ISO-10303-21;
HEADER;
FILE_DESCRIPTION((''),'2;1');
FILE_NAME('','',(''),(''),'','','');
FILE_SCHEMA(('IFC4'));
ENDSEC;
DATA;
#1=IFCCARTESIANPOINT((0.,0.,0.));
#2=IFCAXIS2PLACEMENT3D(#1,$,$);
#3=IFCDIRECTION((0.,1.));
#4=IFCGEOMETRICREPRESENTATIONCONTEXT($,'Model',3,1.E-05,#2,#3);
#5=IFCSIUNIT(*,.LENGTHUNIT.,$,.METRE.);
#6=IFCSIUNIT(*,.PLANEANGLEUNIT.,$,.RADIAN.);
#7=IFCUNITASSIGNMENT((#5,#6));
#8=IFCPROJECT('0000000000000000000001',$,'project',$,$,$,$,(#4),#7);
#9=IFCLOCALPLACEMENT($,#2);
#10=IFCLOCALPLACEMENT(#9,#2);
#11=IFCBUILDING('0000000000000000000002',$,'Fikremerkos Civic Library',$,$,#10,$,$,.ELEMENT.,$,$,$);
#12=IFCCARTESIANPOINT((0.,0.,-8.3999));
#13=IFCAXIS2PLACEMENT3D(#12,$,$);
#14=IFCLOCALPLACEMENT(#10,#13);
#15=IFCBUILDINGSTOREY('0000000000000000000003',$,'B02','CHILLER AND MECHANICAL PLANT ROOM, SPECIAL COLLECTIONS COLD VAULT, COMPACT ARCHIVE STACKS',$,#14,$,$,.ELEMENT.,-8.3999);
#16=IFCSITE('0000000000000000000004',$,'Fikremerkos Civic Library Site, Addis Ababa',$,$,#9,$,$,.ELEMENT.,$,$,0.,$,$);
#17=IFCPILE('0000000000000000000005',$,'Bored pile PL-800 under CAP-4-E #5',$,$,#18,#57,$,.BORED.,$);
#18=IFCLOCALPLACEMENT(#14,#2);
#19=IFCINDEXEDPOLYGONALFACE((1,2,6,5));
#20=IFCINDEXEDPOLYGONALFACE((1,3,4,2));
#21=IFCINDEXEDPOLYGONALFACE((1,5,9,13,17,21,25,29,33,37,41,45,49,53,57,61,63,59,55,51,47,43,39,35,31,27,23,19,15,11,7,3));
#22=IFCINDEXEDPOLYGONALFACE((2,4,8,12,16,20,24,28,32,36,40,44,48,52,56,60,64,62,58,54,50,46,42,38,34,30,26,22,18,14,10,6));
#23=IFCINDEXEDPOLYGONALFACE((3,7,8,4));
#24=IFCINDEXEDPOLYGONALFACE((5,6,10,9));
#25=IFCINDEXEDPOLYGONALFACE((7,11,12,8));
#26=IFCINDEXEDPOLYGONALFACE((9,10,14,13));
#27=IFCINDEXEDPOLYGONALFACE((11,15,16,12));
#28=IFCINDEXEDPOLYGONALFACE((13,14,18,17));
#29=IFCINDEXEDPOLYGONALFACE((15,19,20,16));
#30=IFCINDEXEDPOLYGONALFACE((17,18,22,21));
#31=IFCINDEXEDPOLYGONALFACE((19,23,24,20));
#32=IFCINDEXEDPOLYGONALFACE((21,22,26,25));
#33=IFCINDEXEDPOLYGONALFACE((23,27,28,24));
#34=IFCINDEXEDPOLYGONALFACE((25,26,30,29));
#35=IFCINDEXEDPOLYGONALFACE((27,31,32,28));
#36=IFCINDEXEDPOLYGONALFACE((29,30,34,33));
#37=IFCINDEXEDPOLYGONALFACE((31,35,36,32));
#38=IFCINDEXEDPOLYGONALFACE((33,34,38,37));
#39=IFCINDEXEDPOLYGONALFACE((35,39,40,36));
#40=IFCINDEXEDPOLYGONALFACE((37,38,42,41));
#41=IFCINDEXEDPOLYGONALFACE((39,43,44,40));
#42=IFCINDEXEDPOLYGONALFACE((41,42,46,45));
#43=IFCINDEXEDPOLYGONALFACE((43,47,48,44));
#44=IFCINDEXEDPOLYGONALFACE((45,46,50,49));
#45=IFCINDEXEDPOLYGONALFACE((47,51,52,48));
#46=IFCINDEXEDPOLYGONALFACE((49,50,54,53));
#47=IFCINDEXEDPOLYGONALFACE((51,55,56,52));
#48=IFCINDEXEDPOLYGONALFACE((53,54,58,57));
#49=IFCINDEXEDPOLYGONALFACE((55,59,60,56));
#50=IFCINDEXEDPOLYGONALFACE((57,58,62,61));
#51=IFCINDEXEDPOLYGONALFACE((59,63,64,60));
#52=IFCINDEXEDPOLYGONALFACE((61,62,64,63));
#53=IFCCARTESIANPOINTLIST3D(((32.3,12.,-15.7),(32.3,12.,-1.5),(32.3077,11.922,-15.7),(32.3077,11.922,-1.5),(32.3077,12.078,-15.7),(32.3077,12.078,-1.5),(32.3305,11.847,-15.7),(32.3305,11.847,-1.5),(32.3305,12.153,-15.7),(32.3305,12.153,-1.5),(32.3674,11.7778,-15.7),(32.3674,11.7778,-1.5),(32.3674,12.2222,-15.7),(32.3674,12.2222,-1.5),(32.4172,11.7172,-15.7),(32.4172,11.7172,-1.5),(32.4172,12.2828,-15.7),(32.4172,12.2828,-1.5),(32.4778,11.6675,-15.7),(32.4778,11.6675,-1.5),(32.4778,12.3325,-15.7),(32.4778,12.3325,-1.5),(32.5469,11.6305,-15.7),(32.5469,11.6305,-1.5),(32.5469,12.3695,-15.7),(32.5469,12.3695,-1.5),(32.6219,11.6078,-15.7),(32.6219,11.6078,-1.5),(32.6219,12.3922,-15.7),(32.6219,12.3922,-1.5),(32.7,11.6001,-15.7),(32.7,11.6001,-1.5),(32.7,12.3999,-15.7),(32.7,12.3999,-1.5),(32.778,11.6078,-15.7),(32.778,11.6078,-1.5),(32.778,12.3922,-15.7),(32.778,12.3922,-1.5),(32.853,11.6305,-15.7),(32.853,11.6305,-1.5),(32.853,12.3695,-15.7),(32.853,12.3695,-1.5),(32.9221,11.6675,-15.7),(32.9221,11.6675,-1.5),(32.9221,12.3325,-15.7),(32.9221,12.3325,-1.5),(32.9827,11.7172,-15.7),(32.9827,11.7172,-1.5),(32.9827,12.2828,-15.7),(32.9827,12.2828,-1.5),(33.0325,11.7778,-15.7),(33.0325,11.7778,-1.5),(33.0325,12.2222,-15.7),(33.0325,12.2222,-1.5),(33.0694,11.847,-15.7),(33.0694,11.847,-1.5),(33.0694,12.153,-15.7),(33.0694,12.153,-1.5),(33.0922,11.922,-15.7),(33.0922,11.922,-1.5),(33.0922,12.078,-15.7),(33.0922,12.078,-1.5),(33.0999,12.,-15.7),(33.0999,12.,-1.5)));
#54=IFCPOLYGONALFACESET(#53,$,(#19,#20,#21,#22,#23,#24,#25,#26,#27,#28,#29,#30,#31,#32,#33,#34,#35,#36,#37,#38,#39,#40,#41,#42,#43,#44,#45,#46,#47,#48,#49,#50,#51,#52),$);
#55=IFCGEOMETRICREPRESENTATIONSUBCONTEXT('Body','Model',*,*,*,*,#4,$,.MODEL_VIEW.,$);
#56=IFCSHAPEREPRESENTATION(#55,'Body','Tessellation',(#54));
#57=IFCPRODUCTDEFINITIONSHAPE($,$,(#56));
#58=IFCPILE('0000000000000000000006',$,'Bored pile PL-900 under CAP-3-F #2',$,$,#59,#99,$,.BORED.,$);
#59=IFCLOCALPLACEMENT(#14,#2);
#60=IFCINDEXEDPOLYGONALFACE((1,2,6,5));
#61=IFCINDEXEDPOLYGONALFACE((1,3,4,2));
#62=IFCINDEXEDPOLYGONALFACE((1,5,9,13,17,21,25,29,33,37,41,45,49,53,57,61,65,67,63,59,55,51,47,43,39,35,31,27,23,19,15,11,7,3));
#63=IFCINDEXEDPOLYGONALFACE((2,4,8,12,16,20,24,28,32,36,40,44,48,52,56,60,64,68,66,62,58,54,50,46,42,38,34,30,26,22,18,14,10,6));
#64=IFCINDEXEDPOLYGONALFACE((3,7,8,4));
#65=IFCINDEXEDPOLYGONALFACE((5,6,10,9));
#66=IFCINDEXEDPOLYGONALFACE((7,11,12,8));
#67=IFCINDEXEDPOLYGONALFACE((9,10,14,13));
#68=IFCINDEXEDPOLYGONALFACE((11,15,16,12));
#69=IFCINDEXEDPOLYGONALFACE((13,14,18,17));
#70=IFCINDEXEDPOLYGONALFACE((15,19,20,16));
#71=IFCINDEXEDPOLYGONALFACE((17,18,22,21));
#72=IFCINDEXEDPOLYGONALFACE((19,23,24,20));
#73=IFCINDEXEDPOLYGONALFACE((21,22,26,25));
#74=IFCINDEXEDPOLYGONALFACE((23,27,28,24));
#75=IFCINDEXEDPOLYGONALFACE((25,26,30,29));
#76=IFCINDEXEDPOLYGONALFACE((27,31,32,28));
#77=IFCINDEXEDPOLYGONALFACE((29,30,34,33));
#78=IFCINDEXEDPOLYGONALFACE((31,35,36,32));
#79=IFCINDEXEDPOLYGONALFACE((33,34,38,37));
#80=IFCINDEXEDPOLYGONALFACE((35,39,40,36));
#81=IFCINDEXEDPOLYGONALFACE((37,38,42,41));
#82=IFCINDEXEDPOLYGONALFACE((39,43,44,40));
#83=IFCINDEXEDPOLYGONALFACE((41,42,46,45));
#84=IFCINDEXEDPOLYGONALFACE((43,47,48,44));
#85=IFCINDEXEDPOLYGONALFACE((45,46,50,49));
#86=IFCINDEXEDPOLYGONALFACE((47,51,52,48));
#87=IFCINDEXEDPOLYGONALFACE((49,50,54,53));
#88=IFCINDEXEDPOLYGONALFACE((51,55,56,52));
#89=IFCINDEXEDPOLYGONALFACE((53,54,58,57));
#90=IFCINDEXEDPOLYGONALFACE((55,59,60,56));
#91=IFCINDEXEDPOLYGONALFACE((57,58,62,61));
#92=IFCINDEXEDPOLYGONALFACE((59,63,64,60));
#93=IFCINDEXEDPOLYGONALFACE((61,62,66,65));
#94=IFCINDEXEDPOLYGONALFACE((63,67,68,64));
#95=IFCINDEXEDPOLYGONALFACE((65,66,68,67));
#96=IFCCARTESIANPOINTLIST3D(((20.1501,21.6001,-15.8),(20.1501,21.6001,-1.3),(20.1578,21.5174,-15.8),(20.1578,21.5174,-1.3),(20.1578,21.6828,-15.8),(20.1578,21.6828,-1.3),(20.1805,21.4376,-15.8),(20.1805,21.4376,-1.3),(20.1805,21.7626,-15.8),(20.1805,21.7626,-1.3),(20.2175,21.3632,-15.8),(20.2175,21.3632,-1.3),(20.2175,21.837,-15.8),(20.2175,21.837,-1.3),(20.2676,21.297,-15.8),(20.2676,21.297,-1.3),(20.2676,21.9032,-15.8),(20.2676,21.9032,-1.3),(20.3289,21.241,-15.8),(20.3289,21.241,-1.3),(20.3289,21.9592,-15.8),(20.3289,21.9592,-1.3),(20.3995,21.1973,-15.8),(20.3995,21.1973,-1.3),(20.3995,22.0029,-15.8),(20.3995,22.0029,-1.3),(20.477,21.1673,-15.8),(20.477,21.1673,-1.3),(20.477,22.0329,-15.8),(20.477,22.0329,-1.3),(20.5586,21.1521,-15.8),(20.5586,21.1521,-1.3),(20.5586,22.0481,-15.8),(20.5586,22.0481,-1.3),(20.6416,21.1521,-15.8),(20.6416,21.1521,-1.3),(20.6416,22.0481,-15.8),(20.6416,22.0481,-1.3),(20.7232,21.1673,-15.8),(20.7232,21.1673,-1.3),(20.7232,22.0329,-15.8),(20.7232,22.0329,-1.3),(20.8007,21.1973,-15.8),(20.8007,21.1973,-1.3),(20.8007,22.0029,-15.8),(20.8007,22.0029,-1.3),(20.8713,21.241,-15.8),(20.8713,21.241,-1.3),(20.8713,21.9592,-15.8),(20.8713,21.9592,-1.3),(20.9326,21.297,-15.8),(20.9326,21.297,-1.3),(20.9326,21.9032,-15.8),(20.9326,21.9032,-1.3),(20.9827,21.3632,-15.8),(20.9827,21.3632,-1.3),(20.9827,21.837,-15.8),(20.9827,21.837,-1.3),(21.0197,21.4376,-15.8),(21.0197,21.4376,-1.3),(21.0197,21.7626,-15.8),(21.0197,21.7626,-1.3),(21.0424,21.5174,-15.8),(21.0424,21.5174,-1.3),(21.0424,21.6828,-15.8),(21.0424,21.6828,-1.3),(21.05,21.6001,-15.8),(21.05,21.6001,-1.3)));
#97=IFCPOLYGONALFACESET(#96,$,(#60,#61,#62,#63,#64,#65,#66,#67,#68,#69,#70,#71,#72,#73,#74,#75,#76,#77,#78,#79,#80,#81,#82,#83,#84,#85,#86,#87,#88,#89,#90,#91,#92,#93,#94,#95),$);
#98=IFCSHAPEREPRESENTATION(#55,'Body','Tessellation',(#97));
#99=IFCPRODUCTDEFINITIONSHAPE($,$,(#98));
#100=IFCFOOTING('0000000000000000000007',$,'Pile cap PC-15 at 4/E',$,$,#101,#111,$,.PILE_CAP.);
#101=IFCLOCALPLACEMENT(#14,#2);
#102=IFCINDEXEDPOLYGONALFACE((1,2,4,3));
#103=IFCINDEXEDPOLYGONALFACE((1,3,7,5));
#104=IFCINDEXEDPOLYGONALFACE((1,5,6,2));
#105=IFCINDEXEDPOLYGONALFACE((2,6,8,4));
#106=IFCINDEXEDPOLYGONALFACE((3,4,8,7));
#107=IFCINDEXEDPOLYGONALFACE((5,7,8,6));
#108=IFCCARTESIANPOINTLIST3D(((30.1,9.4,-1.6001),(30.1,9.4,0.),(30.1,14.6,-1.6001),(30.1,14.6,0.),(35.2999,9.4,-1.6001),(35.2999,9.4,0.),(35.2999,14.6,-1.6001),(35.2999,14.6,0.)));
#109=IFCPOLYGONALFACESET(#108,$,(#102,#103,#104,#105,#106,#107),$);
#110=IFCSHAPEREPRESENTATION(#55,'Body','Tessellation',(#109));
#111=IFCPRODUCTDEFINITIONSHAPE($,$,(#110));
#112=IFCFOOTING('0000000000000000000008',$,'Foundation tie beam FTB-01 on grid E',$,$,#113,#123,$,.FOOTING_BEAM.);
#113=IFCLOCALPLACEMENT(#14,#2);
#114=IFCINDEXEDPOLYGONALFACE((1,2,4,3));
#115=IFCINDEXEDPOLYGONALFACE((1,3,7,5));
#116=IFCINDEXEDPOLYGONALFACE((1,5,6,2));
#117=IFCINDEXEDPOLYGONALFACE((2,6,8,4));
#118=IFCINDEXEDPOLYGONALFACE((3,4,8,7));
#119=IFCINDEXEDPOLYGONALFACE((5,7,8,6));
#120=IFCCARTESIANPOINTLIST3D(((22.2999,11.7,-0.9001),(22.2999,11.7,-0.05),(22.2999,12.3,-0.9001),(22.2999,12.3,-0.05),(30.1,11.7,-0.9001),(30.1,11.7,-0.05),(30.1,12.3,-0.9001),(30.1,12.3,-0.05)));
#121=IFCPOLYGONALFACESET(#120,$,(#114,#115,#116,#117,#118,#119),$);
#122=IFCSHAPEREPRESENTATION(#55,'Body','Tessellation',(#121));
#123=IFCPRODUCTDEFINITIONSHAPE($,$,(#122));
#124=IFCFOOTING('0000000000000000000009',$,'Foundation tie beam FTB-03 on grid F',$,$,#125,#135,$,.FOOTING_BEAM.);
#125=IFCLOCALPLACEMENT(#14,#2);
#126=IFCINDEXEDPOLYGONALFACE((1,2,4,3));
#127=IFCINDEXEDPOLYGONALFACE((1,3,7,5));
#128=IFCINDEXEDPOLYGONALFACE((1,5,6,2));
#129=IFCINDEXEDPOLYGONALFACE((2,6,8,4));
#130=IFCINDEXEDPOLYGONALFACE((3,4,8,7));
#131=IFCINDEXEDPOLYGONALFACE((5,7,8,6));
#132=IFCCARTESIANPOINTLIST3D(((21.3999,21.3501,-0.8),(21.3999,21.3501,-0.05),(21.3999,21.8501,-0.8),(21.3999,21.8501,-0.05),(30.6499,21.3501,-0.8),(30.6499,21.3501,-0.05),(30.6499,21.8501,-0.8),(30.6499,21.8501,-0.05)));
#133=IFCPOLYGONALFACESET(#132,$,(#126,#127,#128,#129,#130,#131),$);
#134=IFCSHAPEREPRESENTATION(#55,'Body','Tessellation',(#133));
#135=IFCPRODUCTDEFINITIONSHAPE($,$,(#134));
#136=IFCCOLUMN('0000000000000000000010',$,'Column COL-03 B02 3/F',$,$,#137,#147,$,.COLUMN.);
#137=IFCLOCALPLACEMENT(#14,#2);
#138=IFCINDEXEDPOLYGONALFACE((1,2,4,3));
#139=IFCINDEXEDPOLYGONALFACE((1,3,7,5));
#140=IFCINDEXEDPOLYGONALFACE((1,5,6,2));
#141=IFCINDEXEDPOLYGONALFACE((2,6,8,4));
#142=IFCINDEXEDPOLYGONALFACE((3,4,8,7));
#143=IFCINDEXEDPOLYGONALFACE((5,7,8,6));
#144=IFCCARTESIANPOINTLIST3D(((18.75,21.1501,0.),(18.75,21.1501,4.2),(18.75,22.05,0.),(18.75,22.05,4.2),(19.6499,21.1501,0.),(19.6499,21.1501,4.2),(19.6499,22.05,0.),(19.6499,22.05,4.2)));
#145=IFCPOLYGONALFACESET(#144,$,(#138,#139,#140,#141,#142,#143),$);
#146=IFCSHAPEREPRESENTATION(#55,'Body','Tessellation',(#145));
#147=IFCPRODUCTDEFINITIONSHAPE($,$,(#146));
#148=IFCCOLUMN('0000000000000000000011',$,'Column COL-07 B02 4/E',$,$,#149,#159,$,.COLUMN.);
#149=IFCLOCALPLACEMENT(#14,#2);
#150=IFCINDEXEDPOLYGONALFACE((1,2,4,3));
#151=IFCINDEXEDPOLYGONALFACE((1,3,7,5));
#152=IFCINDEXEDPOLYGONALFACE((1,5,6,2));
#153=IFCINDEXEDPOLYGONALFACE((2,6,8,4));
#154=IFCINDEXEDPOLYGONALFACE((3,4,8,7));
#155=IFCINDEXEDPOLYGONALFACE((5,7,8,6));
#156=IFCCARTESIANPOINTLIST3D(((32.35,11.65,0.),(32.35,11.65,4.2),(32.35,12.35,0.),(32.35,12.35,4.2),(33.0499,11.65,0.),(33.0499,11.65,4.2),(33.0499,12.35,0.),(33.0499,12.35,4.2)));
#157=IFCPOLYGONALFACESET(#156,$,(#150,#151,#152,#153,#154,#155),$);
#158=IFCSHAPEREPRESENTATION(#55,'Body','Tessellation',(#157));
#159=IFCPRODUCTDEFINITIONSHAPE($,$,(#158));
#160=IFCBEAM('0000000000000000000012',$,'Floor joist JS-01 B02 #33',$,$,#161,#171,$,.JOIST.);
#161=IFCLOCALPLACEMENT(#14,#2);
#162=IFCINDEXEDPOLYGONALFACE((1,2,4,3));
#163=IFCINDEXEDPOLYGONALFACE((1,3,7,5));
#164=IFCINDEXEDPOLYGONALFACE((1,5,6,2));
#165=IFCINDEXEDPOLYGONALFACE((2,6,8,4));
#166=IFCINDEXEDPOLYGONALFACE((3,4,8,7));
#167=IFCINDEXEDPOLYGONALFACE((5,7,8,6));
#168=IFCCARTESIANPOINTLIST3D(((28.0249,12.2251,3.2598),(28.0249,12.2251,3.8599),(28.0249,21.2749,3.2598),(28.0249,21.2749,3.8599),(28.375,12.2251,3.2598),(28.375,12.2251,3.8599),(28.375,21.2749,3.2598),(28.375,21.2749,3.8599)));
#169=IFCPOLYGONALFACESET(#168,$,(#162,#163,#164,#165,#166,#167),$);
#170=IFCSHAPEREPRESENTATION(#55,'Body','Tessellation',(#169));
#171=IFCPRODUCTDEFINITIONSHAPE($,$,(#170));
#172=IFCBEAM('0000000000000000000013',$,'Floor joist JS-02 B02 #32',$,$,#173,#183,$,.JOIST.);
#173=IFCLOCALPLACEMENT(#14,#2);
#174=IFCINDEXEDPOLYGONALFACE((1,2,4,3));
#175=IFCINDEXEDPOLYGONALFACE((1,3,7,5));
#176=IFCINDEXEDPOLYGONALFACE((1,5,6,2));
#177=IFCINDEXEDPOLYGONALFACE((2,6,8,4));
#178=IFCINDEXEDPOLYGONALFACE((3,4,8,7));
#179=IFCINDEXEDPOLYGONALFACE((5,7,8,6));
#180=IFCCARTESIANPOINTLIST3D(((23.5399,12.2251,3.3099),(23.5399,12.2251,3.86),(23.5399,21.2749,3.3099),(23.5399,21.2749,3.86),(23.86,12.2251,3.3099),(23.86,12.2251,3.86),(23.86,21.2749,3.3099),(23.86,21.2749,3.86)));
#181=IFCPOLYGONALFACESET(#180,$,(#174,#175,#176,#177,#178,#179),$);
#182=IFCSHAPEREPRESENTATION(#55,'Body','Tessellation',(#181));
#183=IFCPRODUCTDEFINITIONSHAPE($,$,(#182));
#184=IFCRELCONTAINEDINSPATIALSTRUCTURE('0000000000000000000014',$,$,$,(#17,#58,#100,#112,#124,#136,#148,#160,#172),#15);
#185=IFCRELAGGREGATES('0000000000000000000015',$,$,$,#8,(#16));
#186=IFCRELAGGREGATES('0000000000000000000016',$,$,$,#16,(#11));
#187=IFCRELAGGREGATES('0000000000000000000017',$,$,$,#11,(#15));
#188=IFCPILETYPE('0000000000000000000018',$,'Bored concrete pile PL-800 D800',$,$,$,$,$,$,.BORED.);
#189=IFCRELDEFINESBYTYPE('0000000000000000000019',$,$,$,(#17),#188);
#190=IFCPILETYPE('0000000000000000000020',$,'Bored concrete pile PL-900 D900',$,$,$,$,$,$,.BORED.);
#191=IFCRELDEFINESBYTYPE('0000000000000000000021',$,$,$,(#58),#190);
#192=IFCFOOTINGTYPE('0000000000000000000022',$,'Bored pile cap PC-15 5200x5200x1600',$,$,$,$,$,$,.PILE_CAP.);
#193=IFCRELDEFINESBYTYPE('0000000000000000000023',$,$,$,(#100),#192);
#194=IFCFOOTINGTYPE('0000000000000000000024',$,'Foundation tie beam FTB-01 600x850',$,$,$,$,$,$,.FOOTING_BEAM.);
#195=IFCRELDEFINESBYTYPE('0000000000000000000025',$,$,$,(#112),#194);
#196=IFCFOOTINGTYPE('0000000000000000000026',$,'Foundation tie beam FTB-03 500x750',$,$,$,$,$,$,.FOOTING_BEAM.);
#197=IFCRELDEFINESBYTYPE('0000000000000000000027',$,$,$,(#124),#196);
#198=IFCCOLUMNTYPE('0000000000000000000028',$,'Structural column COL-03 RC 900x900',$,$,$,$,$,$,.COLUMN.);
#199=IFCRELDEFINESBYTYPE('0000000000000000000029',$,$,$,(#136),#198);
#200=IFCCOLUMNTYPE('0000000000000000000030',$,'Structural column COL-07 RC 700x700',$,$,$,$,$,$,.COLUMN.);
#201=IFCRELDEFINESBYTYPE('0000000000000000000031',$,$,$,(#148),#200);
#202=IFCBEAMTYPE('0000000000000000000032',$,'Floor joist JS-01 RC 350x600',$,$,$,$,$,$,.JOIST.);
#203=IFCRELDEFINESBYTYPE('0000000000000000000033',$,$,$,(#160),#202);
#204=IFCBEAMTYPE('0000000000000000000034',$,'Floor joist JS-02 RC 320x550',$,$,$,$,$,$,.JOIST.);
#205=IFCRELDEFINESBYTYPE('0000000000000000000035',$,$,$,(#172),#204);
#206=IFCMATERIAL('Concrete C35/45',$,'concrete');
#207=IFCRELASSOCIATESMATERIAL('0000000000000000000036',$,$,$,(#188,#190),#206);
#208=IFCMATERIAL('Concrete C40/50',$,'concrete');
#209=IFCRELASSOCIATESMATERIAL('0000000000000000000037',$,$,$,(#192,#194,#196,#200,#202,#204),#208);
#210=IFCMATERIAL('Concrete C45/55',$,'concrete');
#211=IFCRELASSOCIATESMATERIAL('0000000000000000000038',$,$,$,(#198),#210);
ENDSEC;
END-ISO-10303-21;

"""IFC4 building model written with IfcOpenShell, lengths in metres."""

from ifc_helpers import new_model, si_unit, direction, frame, origin, origin_2d, place, context, subcontext, project, spatial, rectangle, circle, extrude, material, material_profile, profile_set, type_object, element, save


model = new_model("IFC4")

# Units and contexts
model_context = context("Model", 3, precision=1e-05, world=origin(), true_north=direction((0.0, 1.0)))
body_context = subcontext(model_context, "Body", "Model", "MODEL_VIEW")
ifc_project = project(units=[si_unit("LENGTHUNIT", "METRE"), si_unit("PLANEANGLEUNIT", "RADIAN")], contexts=[model_context])

# Site, building, storey
site_placement = place(None, origin())
site = spatial("IfcSite", under=ifc_project, at=site_placement, Name="Fikremerkos Civic Library Site, Addis Ababa", CompositionType="ELEMENT", RefElevation=0.0)
building_placement = place(site_placement, origin())
building = spatial("IfcBuilding", under=site, at=building_placement, Name="Fikremerkos Civic Library", CompositionType="ELEMENT")
storey_placement = place(building_placement, frame((0.0, 0.0, -8.3999)))
storey = spatial("IfcBuildingStorey", under=building, at=storey_placement, Name="B02", Description="CHILLER AND MECHANICAL PLANT ROOM, SPECIAL COLLECTIONS COLD VAULT, COMPACT ARCHIVE STACKS", CompositionType="ELEMENT", Elevation=-8.3999)

# Piles
ifc_material_1 = material(Name="Concrete C35/45", Category="concrete")
ifc_material_profile_1 = material_profile(ifc_material_1, circle(Radius=0.3999, at=origin_2d()), Name="BORED PILE 800")
ifc_profile_set_1 = profile_set([ifc_material_profile_1], Name="Concrete C35/45")
pile_type_1 = type_object("IfcPileType", Name="Bored concrete pile PL-800 D800", PredefinedType="BORED", material=ifc_profile_set_1)
for number, where, z_axis, x_axis, name in (
    (1, (32.7, 12.0, -1.5), (0.0, 0.0, -1.0), (1.0, 0.0, 0.0), "Bored pile PL-800 under CAP-4-E #5"),
):
    element("IfcPile", number, at=place(storey_placement, frame(where, z_axis=z_axis, x_axis=x_axis)), inside=storey, type_object=pile_type_1, Name=name, PredefinedType="BORED", context=body_context, shape_type="SweptSolid", body=[
        extrude(circle(Radius=0.3999, at=origin_2d()), origin(), (0.0, 0.0, 1.0), 14.2),
    ])
ifc_material_profile_2 = material_profile(ifc_material_1, circle(Radius=0.45, at=origin_2d()), Name="BORED PILE 900")
ifc_profile_set_2 = profile_set([ifc_material_profile_2], Name="Concrete C35/45")
pile_type_2 = type_object("IfcPileType", Name="Bored concrete pile PL-900 D900", PredefinedType="BORED", material=ifc_profile_set_2)
pile_placement = place(storey_placement, frame((20.6001, 21.6001, -1.3), z_axis=(0.0, 0.0, -1.0), x_axis=(1.0, 0.0, 0.0)))
element("IfcPile", 2, at=pile_placement, inside=storey, type_object=pile_type_2, Name="Bored pile PL-900 under CAP-3-F #2", PredefinedType="BORED", context=body_context, shape_type="SweptSolid", body=[
    extrude(circle(Radius=0.45, at=origin_2d()), origin(), (0.0, 0.0, 1.0), 14.5),
])

# Footings
ifc_material_2 = material(Name="Concrete C40/50", Category="concrete")
footing_type_1 = type_object("IfcFootingType", Name="Bored pile cap PC-15 5200x5200x1600", PredefinedType="PILE_CAP", material=ifc_material_2)
footing_1_placement = place(storey_placement, frame((32.7, 12.0, -1.6001), z_axis=(0.0, 0.0, 1.0), x_axis=(1.0, 0.0, 0.0)))
element("IfcFooting", 3, at=footing_1_placement, inside=storey, type_object=footing_type_1, Name="Pile cap PC-15 at 4/E", PredefinedType="PILE_CAP", context=body_context, shape_type="SweptSolid", body=[
    extrude(rectangle(XDim=5.2, YDim=5.2, at=origin_2d()), origin(), (0.0, 0.0, 1.0), 1.6001),
])
footing_type_2 = type_object("IfcFootingType", Name="Foundation tie beam FTB-01 600x850", PredefinedType="FOOTING_BEAM", material=ifc_material_2)
footing_2_placement = place(storey_placement, frame((26.2, 12.0, -0.9001), z_axis=(0.0, 0.0, 1.0), x_axis=(1.0, 0.0, 0.0)))
element("IfcFooting", 4, at=footing_2_placement, inside=storey, type_object=footing_type_2, Name="Foundation tie beam FTB-01 on grid E", PredefinedType="FOOTING_BEAM", context=body_context, shape_type="SweptSolid", body=[
    extrude(rectangle(XDim=7.8, YDim=0.6001, at=origin_2d()), origin(), (0.0, 0.0, 1.0), 0.8501),
])
footing_type_3 = type_object("IfcFootingType", Name="Foundation tie beam FTB-03 500x750", PredefinedType="FOOTING_BEAM", material=ifc_material_2)
footing_3_placement = place(storey_placement, frame((26.0249, 21.6001, -0.8), z_axis=(0.0, 0.0, 1.0), x_axis=(1.0, 0.0, 0.0)))
element("IfcFooting", 5, at=footing_3_placement, inside=storey, type_object=footing_type_3, Name="Foundation tie beam FTB-03 on grid F", PredefinedType="FOOTING_BEAM", context=body_context, shape_type="SweptSolid", body=[
    extrude(rectangle(XDim=9.25, YDim=0.5, at=origin_2d()), origin(), (0.0, 0.0, 1.0), 0.75),
])

# Columns
ifc_material_3 = material(Name="Concrete C45/55", Category="concrete")
ifc_material_profile_3 = material_profile(ifc_material_3, rectangle(XDim=0.8999, YDim=0.8999, at=origin_2d()), Name="RC 900x900")
ifc_profile_set_3 = profile_set([ifc_material_profile_3], Name="Concrete C45/55")
column_type_1 = type_object("IfcColumnType", Name="Structural column COL-03 RC 900x900", PredefinedType="COLUMN", material=ifc_profile_set_3)
column_1_placement = place(storey_placement, frame((19.2, 21.6001, 0.0), z_axis=(0.0, 0.0, 1.0), x_axis=(1.0, 0.0, 0.0)))
element("IfcColumn", 6, at=column_1_placement, inside=storey, type_object=column_type_1, Name="Column COL-03 B02 3/F", PredefinedType="COLUMN", context=body_context, shape_type="SweptSolid", body=[
    extrude(rectangle(XDim=0.8999, YDim=0.8999, at=origin_2d()), origin(), (0.0, 0.0, 1.0), 4.2),
])
ifc_material_profile_4 = material_profile(ifc_material_2, rectangle(XDim=0.7, YDim=0.7, at=origin_2d()), Name="RC 700x700")
ifc_profile_set_4 = profile_set([ifc_material_profile_4], Name="Concrete C40/50")
column_type_2 = type_object("IfcColumnType", Name="Structural column COL-07 RC 700x700", PredefinedType="COLUMN", material=ifc_profile_set_4)
column_2_placement = place(storey_placement, frame((32.7, 12.0, 0.0), z_axis=(0.0, 0.0, 1.0), x_axis=(1.0, 0.0, 0.0)))
element("IfcColumn", 7, at=column_2_placement, inside=storey, type_object=column_type_2, Name="Column COL-07 B02 4/E", PredefinedType="COLUMN", context=body_context, shape_type="SweptSolid", body=[
    extrude(rectangle(XDim=0.7, YDim=0.7, at=origin_2d()), origin(), (0.0, 0.0, 1.0), 4.2),
])

# Beams
ifc_material_profile_5 = material_profile(ifc_material_2, rectangle(XDim=0.3501, YDim=0.6001, at=origin_2d()), Name="RC 350x600")
ifc_profile_set_5 = profile_set([ifc_material_profile_5], Name="Concrete C40/50")
beam_type_1 = type_object("IfcBeamType", Name="Floor joist JS-01 RC 350x600", PredefinedType="JOIST", material=ifc_profile_set_5)
beam_1_placement = place(storey_placement, frame((28.2, 12.2251, 3.5598), z_axis=(0.0, 1.0, 0.0), x_axis=(-1.0, 0.0, 0.0)))
element("IfcBeam", 8, at=beam_1_placement, inside=storey, type_object=beam_type_1, Name="Floor joist JS-01 B02 #33", PredefinedType="JOIST", context=body_context, shape_type="SweptSolid", body=[
    extrude(rectangle(XDim=0.3501, YDim=0.6001, at=origin_2d()), origin(), (0.0, 0.0, 1.0), 9.0498),
])
ifc_material_profile_6 = material_profile(ifc_material_2, rectangle(XDim=0.3201, YDim=0.55, at=origin_2d()), Name="RC 320x550")
ifc_profile_set_6 = profile_set([ifc_material_profile_6], Name="Concrete C40/50")
beam_type_2 = type_object("IfcBeamType", Name="Floor joist JS-02 RC 320x550", PredefinedType="JOIST", material=ifc_profile_set_6)
beam_2_placement = place(storey_placement, frame((23.7, 12.2251, 3.585), z_axis=(0.0, 1.0, 0.0), x_axis=(-1.0, 0.0, 0.0)))
element("IfcBeam", 9, at=beam_2_placement, inside=storey, type_object=beam_type_2, Name="Floor joist JS-02 B02 #32", PredefinedType="JOIST", context=body_context, shape_type="SweptSolid", body=[
    extrude(rectangle(XDim=0.3201, YDim=0.55, at=origin_2d()), origin(), (0.0, 0.0, 1.0), 9.0498),
])

save(model, "model.ifc")
